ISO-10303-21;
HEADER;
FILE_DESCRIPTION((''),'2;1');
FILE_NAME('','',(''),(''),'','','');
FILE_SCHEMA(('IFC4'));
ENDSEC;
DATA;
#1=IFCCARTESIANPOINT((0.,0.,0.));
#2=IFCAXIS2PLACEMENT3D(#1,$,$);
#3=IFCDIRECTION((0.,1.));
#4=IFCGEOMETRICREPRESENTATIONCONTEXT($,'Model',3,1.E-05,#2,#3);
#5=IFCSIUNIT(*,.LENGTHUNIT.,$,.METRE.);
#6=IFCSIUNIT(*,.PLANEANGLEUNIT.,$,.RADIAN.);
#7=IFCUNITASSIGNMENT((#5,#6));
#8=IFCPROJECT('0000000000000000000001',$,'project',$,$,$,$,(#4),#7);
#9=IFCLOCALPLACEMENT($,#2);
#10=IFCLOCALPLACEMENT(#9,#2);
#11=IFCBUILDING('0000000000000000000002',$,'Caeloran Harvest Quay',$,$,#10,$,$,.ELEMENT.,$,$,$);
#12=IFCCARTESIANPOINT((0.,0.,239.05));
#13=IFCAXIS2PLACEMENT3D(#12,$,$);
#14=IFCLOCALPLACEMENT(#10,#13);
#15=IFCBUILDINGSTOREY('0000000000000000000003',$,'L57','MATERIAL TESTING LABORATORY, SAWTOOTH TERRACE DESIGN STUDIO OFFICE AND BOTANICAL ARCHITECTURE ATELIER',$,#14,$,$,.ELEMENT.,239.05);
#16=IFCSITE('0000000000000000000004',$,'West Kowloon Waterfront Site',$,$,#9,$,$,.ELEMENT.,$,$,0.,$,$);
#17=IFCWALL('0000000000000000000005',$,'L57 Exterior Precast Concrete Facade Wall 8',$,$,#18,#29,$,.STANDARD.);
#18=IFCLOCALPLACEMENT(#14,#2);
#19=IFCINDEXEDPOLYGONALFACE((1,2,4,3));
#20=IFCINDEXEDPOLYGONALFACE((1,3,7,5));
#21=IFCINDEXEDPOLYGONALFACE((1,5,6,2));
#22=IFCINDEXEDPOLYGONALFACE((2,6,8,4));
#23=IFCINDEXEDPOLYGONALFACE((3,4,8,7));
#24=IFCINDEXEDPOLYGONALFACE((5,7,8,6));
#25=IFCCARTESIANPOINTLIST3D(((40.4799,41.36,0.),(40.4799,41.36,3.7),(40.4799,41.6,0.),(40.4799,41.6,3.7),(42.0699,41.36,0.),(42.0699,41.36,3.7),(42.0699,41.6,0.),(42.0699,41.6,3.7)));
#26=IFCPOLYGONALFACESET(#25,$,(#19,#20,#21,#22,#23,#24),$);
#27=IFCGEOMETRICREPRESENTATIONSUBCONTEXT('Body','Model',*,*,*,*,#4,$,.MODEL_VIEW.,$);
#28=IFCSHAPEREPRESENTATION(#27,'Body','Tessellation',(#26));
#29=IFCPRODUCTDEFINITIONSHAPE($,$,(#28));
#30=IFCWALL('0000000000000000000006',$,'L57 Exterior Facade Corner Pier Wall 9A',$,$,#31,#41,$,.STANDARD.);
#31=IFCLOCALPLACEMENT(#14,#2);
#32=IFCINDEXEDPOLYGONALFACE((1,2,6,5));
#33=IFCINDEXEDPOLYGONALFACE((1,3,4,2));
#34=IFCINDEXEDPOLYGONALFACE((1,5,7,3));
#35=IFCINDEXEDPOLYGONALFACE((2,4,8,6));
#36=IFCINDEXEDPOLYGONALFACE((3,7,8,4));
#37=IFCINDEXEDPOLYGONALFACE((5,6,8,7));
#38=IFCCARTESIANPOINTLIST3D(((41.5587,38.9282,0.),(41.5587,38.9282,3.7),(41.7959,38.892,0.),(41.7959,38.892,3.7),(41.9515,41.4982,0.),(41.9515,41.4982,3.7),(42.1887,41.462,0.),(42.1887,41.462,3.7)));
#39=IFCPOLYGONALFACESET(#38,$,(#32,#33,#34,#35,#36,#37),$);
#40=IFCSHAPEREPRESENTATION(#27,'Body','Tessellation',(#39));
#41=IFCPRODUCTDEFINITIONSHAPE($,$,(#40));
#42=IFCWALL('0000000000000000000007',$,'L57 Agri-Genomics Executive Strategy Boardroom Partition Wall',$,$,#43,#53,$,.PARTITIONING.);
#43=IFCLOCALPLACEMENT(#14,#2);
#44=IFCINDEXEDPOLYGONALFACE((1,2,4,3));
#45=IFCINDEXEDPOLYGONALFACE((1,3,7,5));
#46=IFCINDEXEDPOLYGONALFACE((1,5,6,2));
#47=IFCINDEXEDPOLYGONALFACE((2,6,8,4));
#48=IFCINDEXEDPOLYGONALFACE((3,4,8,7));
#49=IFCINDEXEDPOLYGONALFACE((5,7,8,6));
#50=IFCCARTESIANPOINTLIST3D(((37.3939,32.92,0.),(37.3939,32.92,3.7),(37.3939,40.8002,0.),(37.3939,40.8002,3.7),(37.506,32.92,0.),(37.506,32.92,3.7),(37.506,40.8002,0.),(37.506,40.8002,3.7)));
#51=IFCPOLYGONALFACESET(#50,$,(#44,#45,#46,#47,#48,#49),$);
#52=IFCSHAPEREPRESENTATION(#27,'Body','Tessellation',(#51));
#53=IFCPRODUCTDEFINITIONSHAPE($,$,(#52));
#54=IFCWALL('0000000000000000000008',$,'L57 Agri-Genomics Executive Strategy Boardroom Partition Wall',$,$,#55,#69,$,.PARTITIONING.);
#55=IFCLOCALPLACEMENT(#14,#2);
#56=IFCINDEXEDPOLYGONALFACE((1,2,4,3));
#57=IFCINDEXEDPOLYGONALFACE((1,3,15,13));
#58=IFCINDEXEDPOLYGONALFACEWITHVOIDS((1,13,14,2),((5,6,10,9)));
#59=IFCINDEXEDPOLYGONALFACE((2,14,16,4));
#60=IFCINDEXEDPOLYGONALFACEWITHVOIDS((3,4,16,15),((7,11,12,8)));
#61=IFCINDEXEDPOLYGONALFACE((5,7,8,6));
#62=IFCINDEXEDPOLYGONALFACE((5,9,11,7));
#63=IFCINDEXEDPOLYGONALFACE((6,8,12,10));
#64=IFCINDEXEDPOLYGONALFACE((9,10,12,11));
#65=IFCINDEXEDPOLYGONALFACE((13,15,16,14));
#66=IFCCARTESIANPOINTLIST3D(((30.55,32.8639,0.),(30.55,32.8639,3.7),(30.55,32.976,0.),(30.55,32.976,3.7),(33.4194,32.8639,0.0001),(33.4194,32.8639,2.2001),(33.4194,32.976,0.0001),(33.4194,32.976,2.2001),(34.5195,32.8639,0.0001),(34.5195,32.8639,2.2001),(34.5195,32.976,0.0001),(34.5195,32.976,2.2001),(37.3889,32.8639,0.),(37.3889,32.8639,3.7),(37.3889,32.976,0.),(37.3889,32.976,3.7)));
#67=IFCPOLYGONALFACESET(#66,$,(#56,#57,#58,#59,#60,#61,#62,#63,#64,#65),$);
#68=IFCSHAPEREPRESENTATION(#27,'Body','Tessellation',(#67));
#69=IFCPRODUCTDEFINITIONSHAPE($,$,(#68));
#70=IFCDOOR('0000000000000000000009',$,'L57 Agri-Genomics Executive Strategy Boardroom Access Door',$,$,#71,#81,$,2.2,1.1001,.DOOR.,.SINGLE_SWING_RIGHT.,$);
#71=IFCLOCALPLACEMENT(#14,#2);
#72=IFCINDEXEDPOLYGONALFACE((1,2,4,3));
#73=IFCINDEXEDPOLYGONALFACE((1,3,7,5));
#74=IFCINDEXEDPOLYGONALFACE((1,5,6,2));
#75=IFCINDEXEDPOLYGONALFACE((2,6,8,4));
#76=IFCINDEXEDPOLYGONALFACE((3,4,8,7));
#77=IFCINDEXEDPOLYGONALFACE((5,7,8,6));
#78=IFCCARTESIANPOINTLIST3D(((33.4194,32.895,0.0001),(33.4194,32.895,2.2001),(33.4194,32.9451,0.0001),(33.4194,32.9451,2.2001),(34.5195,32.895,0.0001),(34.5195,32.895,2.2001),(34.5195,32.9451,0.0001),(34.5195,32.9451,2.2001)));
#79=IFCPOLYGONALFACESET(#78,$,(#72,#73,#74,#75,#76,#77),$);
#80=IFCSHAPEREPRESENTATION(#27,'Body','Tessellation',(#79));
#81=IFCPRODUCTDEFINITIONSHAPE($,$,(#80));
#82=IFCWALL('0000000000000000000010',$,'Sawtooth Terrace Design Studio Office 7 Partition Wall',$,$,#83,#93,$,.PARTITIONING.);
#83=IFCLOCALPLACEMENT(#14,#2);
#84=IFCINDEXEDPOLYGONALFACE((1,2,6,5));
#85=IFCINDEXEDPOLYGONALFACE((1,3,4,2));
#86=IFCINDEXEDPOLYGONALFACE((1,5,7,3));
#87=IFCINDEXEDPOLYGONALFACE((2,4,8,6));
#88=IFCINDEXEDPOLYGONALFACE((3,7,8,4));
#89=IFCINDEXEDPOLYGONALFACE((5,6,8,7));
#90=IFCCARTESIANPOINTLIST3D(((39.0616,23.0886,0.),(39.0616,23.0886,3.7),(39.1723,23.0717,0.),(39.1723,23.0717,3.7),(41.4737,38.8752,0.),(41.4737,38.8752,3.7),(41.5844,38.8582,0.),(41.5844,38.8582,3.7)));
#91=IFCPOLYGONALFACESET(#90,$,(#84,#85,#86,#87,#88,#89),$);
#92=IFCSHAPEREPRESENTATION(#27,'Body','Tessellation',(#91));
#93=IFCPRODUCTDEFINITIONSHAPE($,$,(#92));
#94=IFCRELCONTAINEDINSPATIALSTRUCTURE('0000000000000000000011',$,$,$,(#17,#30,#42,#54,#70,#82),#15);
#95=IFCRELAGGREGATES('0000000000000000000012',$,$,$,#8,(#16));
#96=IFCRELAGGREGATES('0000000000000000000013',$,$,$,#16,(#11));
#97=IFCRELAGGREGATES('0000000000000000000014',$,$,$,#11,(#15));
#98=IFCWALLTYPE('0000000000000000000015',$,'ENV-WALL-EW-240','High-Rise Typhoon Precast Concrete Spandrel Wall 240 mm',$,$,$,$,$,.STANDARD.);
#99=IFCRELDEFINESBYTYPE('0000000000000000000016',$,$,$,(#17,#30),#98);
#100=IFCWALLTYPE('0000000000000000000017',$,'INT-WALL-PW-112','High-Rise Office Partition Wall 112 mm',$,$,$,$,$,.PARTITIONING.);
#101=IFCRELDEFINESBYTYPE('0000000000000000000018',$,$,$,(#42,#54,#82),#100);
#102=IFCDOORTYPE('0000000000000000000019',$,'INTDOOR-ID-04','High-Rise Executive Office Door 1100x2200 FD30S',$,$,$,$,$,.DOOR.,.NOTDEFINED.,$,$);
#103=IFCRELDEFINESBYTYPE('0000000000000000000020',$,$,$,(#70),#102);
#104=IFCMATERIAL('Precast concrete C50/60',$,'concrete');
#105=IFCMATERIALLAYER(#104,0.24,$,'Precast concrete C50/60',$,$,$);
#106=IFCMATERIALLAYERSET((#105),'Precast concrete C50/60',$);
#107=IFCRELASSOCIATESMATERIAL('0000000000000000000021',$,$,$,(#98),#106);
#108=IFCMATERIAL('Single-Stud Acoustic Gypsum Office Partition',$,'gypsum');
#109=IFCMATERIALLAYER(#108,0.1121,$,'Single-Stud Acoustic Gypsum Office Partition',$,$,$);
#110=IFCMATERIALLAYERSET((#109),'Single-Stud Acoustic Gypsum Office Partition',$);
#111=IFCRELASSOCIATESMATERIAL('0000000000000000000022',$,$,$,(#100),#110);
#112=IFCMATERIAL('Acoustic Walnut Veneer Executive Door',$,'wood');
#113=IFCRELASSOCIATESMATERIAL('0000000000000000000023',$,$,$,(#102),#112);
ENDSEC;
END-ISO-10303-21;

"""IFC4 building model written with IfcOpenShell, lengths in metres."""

from ifc_helpers import new_model, si_unit, direction, frame, frame_2d, origin, place, context, subcontext, project, spatial, rectangle, extrude, material, layer, layer_set, type_object, element, fill, save


model = new_model("IFC4")

# Units and contexts
model_context = context("Model", 3, precision=1e-05, world=origin(), true_north=direction((0.0, 1.0)))
body_context = subcontext(model_context, "Body", "Model", "MODEL_VIEW")
ifc_project = project(units=[si_unit("LENGTHUNIT", "METRE"), si_unit("PLANEANGLEUNIT", "RADIAN")], contexts=[model_context])

# Site, building, storey
site_placement = place(None, origin())
site = spatial("IfcSite", under=ifc_project, at=site_placement, Name="West Kowloon Waterfront Site", CompositionType="ELEMENT", RefElevation=0.0)
building_placement = place(site_placement, origin())
building = spatial("IfcBuilding", under=site, at=building_placement, Name="Caeloran Harvest Quay", CompositionType="ELEMENT")
storey_placement = place(building_placement, frame((0.0, 0.0, 239.05)))
storey = spatial("IfcBuildingStorey", under=building, at=storey_placement, Name="L57", Description="MATERIAL TESTING LABORATORY, SAWTOOTH TERRACE DESIGN STUDIO OFFICE AND BOTANICAL ARCHITECTURE ATELIER", CompositionType="ELEMENT", Elevation=239.05)

# Walls
ifc_material_1 = material(Name="Precast concrete C50/60", Category="concrete")
ifc_layer_1 = layer(ifc_material_1, 0.24, Name="Precast concrete C50/60")
ifc_layer_set_1 = layer_set([ifc_layer_1], Name="Precast concrete C50/60")
wall_type_1 = type_object("IfcWallType", Name="ENV-WALL-EW-240", Description="High-Rise Typhoon Precast Concrete Spandrel Wall 240 mm", PredefinedType="STANDARD", material=ifc_layer_set_1)
wall_1_placement = place(storey_placement, frame((40.48, 41.48, 0.0), z_axis=(0.0, 0.0, 1.0), x_axis=(1.0, 0.0, 0.0)))
element("IfcWall", 1, at=wall_1_placement, inside=storey, type_object=wall_type_1, Name="L57 Exterior Precast Concrete Facade Wall 8", PredefinedType="STANDARD", context=body_context, shape_type="SweptSolid", body=[
    extrude(rectangle(XDim=1.5901, YDim=0.24, at=frame_2d((0.7949, 0.0))), origin(), (0.0, 0.0, 1.0), 3.7),
])
wall_2_placement = place(storey_placement, frame((42.0701, 41.48, 0.0), z_axis=(0.0, 0.0, 1.0), x_axis=(-0.15109, -0.98852, 0.0)))
element("IfcWall", 2, at=wall_2_placement, inside=storey, type_object=wall_type_1, Name="L57 Exterior Facade Corner Pier Wall 9A", PredefinedType="STANDARD", context=body_context, shape_type="SweptSolid", body=[
    extrude(rectangle(XDim=2.5999, YDim=0.24, at=frame_2d((1.2998, 0.0))), origin(), (0.0, 0.0, 1.0), 3.7),
])
ifc_material_2 = material(Name="Single-Stud Acoustic Gypsum Office Partition", Category="gypsum")
ifc_layer_2 = layer(ifc_material_2, 0.1121, Name="Single-Stud Acoustic Gypsum Office Partition")
ifc_layer_set_2 = layer_set([ifc_layer_2], Name="Single-Stud Acoustic Gypsum Office Partition")
wall_type_2 = type_object("IfcWallType", Name="INT-WALL-PW-112", Description="High-Rise Office Partition Wall 112 mm", PredefinedType="PARTITIONING", material=ifc_layer_set_2)
wall_3_placement = place(storey_placement, frame((37.45, 40.8, 0.0), z_axis=(0.0, 0.0, 1.0), x_axis=(0.0, -1.0, 0.0)))
element("IfcWall", 3, at=wall_3_placement, inside=storey, type_object=wall_type_2, Name="L57 Agri-Genomics Executive Strategy Boardroom Partition Wall", PredefinedType="PARTITIONING", context=body_context, shape_type="SweptSolid", body=[
    extrude(rectangle(XDim=7.8801, YDim=0.1121, at=frame_2d((3.9399, 0.0))), origin(), (0.0, 0.0, 1.0), 3.7),
])

# Wall, opening, door
wall_4_placement = place(storey_placement, frame((37.3889, 32.9199, 0.0), z_axis=(0.0, 0.0, 1.0), x_axis=(-1.0, 0.0, 0.0)))
wall_4 = element("IfcWall", 4, at=wall_4_placement, inside=storey, type_object=wall_type_2, Name="L57 Agri-Genomics Executive Strategy Boardroom Partition Wall", PredefinedType="PARTITIONING", context=body_context, shape_type="SweptSolid", body=[
    extrude(rectangle(XDim=6.8389, YDim=0.1121, at=frame_2d((3.4194, 0.0))), origin(), (0.0, 0.0, 1.0), 3.7),
])
opening_placement = place(wall_4_placement, frame((2.8694, 0.0, 0.0)))
opening = element("IfcOpeningElement", 5, at=opening_placement, cuts=wall_4, PredefinedType="OPENING", context=body_context, shape_type="SweptSolid", body=[
    extrude(rectangle(XDim=1.1001, YDim=2.2, at=frame_2d((0.55, 1.1001))), frame((0.0, 0.0659, 0.0), z_axis=(0.0, -1.0, 0.0), x_axis=(1.0, 0.0, 0.0)), (0.0, 0.0, 1.0), 0.1321),
])
ifc_material_3 = material(Name="Acoustic Walnut Veneer Executive Door", Category="wood")
door_type = type_object("IfcDoorType", Name="INTDOOR-ID-04", Description="High-Rise Executive Office Door 1100x2200 FD30S", OperationType="NOTDEFINED", PredefinedType="DOOR", material=ifc_material_3)
door_placement = place(opening_placement, origin())
door = element("IfcDoor", 6, at=door_placement, inside=storey, type_object=door_type, Name="L57 Agri-Genomics Executive Strategy Boardroom Access Door", OperationType="SINGLE_SWING_RIGHT", OverallHeight=2.2, OverallWidth=1.1001, PredefinedType="DOOR", context=body_context, shape_type="SweptSolid", body=[
    extrude(rectangle(XDim=1.1001, YDim=2.2, at=frame_2d((0.55, 1.1001))), frame((0.0, 0.0249, 0.0), z_axis=(0.0, -1.0, 0.0), x_axis=(1.0, 0.0, 0.0)), (0.0, 0.0, 1.0), 0.05),
])
fill(opening, door)

# Wall
wall_5_placement = place(storey_placement, frame((41.5291, 38.8667, 0.0), z_axis=(0.0, 0.0, 1.0), x_axis=(-0.151042, -0.988527, 0.0)))
element("IfcWall", 7, at=wall_5_placement, inside=storey, type_object=wall_type_2, Name="Sawtooth Terrace Design Studio Office 7 Partition Wall", PredefinedType="PARTITIONING", context=body_context, shape_type="SweptSolid", body=[
    extrude(rectangle(XDim=15.9697, YDim=0.1121, at=frame_2d((7.9849, 0.0))), origin(), (0.0, 0.0, 1.0), 3.7),
])

save(model, "model.ifc")
